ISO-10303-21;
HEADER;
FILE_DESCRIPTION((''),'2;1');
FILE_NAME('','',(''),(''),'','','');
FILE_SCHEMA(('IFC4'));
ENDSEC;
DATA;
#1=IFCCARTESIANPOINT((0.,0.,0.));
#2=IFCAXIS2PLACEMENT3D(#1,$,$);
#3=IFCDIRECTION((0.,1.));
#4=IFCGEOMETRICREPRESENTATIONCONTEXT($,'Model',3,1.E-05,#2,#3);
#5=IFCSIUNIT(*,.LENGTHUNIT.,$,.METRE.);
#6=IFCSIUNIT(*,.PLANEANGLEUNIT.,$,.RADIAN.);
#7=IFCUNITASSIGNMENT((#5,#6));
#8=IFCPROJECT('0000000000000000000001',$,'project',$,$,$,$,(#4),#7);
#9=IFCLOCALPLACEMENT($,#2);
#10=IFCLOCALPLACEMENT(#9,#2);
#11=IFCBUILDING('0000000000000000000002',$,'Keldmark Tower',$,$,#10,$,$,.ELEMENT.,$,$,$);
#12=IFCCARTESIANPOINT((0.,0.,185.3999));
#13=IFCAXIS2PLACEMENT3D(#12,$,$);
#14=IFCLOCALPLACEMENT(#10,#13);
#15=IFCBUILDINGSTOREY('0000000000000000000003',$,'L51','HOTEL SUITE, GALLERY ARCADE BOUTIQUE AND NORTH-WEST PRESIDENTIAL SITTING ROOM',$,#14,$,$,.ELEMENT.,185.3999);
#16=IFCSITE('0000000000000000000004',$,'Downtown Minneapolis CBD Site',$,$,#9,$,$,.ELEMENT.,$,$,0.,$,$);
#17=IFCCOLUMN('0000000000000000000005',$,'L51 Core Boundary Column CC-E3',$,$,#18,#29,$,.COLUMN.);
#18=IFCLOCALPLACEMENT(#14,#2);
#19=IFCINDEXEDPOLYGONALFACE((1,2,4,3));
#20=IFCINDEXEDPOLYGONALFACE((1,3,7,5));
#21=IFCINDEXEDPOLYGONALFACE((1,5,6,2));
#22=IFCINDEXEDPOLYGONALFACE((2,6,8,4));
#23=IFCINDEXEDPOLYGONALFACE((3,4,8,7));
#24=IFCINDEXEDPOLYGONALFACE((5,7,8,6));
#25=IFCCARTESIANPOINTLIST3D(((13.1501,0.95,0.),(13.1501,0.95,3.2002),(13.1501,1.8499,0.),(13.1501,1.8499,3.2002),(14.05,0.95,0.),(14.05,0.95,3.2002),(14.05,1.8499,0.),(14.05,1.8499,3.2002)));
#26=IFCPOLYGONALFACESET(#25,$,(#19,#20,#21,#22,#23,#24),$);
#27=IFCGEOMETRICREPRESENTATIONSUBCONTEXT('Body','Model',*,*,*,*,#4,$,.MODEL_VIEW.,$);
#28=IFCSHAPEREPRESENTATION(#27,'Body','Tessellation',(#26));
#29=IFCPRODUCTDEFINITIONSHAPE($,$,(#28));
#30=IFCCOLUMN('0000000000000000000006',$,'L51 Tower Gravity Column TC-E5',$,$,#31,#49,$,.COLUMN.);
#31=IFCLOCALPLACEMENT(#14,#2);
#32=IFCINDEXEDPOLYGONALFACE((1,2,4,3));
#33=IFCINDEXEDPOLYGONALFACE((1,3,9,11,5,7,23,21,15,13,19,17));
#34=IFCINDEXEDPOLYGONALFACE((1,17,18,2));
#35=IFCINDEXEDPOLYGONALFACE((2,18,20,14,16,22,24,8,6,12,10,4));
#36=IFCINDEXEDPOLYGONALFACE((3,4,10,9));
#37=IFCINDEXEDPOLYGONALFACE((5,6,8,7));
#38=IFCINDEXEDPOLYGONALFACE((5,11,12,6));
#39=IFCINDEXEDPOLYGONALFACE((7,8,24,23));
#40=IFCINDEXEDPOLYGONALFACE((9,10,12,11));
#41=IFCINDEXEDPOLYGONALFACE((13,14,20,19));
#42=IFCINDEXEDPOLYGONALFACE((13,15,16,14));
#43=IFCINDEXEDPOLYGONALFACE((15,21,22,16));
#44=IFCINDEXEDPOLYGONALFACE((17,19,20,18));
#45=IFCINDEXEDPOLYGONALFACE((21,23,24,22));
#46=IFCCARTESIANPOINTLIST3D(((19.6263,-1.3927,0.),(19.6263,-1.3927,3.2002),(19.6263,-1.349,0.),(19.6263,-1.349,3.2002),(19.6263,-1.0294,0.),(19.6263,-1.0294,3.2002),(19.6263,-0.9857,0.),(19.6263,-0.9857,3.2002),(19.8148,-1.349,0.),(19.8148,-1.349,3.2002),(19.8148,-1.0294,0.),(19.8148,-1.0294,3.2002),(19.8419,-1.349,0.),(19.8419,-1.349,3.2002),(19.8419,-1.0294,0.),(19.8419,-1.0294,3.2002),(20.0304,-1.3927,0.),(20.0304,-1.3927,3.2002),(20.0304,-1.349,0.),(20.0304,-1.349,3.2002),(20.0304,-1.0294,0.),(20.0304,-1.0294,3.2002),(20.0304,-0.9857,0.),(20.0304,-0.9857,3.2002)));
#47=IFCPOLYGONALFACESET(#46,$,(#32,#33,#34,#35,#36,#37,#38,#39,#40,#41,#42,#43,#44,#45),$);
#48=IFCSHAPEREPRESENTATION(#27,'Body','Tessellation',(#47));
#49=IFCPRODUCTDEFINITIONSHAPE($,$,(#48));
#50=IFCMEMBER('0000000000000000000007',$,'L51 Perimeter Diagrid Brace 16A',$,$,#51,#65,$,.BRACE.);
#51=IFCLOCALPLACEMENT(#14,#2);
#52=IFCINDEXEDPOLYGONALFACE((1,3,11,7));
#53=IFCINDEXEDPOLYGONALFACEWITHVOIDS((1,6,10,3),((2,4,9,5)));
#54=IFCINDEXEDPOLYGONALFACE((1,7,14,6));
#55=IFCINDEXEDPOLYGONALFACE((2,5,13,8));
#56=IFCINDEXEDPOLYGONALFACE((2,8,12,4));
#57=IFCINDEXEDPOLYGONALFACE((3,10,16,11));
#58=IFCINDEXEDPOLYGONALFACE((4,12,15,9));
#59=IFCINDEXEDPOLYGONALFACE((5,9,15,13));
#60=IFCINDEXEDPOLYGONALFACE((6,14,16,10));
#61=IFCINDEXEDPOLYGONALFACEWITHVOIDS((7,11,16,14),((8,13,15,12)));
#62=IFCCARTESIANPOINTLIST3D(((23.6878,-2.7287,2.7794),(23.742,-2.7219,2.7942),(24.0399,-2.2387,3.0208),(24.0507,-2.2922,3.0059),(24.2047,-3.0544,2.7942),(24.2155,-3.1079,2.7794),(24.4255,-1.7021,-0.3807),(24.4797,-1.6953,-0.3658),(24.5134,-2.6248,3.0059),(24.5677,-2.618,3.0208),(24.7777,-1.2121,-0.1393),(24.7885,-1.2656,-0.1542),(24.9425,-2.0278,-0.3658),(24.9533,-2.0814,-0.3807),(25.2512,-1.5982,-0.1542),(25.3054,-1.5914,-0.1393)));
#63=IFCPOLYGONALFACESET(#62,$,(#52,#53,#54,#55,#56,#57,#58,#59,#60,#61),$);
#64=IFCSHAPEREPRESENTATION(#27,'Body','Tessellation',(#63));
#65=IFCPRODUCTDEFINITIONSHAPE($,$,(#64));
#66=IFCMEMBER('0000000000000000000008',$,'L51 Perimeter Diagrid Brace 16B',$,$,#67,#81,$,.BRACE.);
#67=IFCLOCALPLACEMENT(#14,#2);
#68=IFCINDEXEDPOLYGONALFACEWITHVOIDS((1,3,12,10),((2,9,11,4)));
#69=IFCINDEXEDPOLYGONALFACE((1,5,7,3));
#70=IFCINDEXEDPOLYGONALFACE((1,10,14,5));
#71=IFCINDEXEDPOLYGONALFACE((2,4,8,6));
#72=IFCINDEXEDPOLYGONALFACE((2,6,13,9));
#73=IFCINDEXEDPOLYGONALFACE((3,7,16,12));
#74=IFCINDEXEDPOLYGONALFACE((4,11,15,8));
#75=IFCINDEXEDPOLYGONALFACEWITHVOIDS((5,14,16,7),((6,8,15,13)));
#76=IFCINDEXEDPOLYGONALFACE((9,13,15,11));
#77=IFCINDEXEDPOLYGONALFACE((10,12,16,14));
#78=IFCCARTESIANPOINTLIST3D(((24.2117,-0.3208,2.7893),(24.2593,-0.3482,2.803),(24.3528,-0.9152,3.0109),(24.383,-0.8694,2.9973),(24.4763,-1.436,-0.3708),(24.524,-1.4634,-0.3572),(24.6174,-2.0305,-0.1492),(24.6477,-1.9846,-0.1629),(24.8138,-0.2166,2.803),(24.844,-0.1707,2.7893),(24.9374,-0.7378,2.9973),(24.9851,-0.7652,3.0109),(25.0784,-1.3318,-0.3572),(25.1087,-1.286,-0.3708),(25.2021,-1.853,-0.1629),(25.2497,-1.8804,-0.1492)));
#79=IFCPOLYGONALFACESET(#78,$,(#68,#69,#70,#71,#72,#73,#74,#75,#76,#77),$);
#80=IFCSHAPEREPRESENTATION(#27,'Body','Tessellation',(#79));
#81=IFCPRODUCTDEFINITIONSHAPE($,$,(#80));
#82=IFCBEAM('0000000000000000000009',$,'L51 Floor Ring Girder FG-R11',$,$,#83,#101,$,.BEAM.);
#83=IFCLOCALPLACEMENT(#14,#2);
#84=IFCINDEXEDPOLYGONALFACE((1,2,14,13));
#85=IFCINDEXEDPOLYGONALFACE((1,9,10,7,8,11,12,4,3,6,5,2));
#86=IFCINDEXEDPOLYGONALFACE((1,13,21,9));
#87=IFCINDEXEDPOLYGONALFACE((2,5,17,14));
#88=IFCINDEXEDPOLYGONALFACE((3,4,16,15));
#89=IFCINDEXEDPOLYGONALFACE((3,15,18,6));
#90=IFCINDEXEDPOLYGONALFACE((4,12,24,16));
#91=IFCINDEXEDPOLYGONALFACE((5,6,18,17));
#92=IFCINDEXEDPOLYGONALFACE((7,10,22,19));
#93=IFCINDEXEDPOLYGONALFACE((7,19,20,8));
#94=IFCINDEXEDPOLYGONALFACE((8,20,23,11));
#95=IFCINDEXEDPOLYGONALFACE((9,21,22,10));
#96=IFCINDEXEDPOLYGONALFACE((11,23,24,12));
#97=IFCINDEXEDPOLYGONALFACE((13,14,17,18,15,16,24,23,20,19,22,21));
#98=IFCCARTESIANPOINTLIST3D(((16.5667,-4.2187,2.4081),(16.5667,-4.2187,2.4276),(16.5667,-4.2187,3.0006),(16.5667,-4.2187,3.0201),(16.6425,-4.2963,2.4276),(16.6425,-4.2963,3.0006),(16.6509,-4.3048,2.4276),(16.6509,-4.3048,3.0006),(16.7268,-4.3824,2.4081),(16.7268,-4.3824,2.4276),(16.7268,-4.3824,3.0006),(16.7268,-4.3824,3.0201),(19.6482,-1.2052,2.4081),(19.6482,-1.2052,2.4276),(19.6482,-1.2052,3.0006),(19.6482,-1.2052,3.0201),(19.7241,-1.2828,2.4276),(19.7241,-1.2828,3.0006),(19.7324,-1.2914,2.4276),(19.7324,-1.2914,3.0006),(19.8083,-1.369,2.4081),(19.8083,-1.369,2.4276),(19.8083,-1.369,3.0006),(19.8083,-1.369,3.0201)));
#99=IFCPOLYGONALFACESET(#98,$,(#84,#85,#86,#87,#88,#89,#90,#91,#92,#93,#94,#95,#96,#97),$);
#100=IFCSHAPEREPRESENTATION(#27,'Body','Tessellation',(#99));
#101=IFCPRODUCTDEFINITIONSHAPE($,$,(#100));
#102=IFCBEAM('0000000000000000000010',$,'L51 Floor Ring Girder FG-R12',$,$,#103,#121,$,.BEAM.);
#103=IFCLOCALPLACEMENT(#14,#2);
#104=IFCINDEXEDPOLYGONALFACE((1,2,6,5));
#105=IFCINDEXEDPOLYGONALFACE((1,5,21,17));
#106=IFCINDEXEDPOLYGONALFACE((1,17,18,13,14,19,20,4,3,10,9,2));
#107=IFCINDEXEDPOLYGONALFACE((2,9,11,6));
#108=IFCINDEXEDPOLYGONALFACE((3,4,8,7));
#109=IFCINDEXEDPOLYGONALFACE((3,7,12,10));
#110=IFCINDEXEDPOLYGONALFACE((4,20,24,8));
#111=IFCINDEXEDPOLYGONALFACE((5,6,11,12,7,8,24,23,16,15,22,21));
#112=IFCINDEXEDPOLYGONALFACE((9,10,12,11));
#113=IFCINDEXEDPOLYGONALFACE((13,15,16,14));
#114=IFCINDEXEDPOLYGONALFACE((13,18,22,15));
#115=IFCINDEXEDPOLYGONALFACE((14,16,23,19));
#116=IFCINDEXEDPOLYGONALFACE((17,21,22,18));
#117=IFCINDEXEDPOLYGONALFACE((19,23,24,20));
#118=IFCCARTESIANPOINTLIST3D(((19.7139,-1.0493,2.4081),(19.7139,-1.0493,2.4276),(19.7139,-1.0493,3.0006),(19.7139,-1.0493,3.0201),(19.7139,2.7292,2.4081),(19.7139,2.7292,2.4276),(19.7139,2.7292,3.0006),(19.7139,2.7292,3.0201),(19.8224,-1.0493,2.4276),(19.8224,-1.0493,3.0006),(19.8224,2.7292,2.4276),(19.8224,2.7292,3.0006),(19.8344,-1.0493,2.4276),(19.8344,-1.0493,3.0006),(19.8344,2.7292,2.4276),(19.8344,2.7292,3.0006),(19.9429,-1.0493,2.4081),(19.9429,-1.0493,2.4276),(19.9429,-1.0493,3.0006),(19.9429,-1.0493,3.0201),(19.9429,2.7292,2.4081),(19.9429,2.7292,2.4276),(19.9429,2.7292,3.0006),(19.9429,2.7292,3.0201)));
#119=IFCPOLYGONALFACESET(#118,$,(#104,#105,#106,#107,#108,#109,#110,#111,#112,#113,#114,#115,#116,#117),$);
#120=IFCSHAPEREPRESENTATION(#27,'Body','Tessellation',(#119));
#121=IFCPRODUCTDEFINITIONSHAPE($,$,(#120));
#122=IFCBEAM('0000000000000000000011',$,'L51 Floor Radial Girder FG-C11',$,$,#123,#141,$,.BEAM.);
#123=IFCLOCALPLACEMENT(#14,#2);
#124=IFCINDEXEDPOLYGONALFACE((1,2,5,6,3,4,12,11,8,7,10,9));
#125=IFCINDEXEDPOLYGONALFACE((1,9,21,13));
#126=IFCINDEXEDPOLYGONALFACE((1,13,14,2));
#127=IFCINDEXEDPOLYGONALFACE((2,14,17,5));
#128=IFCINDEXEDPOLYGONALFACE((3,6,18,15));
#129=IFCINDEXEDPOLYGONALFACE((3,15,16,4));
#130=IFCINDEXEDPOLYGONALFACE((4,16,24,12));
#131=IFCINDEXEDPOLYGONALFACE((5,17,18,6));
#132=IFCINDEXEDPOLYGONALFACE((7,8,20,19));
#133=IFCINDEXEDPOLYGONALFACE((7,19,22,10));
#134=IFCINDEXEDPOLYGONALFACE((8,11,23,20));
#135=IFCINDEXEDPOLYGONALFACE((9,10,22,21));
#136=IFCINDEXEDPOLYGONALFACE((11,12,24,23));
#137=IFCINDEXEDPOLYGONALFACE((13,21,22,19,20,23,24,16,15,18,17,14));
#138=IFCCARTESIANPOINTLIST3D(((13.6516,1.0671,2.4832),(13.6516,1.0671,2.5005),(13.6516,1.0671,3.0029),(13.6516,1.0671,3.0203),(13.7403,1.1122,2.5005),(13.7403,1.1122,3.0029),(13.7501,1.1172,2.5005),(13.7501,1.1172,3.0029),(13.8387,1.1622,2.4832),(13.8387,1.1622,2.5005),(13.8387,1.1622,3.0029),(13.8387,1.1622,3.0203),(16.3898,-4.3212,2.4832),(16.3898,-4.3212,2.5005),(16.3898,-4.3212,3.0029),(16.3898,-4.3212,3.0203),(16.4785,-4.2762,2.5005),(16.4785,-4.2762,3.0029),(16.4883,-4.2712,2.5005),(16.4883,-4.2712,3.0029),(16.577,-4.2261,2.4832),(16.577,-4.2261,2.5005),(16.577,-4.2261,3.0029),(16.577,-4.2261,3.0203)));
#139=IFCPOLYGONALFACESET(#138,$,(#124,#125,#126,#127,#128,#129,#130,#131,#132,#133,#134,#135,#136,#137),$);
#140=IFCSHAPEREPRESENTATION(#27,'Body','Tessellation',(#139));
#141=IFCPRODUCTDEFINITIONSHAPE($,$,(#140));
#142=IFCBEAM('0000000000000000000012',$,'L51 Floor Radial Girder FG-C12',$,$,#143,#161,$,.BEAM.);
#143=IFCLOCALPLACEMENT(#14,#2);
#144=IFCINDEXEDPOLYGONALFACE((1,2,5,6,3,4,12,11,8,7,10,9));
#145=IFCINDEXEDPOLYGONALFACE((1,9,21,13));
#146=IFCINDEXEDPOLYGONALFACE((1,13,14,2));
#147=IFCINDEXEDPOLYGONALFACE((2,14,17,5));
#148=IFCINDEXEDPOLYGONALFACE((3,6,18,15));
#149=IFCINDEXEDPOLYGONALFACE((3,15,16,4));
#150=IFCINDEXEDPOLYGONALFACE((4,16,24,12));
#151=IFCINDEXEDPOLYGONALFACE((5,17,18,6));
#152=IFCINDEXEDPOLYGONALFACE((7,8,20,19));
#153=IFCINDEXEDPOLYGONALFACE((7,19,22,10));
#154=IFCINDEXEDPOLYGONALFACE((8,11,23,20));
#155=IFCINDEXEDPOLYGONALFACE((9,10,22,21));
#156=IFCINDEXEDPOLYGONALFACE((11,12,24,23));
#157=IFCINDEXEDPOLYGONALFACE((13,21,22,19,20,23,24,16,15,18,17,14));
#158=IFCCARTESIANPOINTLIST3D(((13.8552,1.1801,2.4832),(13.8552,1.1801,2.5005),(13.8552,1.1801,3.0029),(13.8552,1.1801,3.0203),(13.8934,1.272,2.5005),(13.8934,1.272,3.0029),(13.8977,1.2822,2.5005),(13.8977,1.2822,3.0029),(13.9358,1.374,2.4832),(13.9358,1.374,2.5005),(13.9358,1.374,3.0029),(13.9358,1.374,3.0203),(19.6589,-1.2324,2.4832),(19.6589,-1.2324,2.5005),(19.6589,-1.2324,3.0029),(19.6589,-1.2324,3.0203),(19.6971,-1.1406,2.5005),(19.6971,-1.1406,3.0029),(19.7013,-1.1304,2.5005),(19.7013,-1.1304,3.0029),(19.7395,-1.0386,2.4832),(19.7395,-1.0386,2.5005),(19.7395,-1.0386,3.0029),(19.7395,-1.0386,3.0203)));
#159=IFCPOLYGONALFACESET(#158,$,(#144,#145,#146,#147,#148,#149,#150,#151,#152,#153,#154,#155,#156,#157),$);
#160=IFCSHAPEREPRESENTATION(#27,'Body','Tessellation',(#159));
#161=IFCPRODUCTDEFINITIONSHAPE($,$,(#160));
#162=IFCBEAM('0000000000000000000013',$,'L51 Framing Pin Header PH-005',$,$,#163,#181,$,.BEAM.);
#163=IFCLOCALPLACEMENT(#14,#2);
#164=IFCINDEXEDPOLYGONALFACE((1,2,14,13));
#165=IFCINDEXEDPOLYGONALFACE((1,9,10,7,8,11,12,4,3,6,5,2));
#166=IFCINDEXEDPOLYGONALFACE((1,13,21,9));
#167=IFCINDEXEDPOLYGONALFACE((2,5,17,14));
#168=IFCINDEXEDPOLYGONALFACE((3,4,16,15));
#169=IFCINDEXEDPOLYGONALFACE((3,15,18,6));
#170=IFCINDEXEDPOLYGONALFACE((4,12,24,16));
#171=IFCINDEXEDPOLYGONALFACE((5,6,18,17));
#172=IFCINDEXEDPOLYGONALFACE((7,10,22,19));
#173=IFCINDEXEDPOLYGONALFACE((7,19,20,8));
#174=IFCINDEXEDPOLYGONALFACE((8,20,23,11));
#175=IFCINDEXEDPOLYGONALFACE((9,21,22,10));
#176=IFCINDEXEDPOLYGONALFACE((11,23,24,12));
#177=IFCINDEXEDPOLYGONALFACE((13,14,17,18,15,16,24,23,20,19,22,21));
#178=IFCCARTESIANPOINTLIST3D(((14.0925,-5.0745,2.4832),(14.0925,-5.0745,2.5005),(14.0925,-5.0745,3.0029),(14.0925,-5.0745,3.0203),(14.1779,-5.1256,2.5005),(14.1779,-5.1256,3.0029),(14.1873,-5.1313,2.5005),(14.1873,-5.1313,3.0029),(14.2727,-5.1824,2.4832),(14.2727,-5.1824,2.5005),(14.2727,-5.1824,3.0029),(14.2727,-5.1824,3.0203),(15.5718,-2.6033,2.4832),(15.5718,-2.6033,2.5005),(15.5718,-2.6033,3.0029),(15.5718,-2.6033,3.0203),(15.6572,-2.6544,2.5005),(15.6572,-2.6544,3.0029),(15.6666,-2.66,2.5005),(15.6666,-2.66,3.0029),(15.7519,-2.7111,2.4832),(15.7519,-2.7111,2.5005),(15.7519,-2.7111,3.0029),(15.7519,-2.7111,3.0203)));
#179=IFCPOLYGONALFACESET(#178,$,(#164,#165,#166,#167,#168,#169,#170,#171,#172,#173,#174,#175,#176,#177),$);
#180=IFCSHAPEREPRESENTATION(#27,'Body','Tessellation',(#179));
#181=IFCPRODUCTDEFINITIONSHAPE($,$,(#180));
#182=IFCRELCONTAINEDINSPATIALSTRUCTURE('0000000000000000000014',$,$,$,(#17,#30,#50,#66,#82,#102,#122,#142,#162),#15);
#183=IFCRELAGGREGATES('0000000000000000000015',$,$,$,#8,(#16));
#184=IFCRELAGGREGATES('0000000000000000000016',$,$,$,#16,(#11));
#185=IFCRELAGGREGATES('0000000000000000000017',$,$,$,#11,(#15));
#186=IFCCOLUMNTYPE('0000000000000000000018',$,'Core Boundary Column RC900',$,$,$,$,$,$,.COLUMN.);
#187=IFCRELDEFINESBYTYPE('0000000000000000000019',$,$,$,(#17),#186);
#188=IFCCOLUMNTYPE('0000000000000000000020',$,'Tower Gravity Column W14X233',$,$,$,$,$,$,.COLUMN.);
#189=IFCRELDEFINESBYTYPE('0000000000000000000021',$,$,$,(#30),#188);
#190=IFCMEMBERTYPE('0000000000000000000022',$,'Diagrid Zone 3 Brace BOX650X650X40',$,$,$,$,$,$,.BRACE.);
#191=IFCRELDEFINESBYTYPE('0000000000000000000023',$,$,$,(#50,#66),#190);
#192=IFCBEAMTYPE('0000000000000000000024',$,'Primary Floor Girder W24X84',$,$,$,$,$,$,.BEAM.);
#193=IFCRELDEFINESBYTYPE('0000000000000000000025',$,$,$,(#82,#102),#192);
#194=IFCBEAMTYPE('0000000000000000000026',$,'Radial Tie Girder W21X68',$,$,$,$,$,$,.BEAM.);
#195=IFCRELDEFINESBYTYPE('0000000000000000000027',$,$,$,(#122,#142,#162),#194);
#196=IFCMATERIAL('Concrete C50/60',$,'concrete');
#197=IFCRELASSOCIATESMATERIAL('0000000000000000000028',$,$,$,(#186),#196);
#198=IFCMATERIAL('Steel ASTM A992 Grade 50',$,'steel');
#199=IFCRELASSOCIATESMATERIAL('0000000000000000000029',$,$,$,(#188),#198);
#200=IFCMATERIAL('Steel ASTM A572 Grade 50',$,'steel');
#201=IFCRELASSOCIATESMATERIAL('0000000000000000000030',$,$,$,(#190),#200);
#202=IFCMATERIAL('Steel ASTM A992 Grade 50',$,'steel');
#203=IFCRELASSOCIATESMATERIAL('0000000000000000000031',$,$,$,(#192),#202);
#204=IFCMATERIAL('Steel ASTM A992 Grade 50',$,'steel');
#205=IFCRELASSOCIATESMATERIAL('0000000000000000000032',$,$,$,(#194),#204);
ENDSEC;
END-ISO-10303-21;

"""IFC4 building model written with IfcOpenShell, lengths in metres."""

from ifc_helpers import new_model, si_unit, direction, frame, origin, origin_2d, place, context, subcontext, project, spatial, rectangle, hollow_rectangle, i_section, extrude, material, material_profile, profile_set, type_object, element, save


model = new_model("IFC4")

# Units and contexts
model_context = context("Model", 3, precision=1e-05, world=origin(), true_north=direction((0.0, 1.0)))
body_context = subcontext(model_context, "Body", "Model", "MODEL_VIEW")
ifc_project = project(units=[si_unit("LENGTHUNIT", "METRE"), si_unit("PLANEANGLEUNIT", "RADIAN")], contexts=[model_context])

# Site, building, storey
site_placement = place(None, origin())
site = spatial("IfcSite", under=ifc_project, at=site_placement, Name="Downtown Minneapolis CBD Site", CompositionType="ELEMENT", RefElevation=0.0)
building_placement = place(site_placement, origin())
building = spatial("IfcBuilding", under=site, at=building_placement, Name="Keldmark Tower", CompositionType="ELEMENT")
storey_placement = place(building_placement, frame((0.0, 0.0, 185.3999)))
storey = spatial("IfcBuildingStorey", under=building, at=storey_placement, Name="L51", Description="HOTEL SUITE, GALLERY ARCADE BOUTIQUE AND NORTH-WEST PRESIDENTIAL SITTING ROOM", CompositionType="ELEMENT", Elevation=185.3999)

# Columns
ifc_material_1 = material(Name="Concrete C50/60", Category="concrete")
ifc_material_profile_1 = material_profile(ifc_material_1, rectangle(XDim=0.8999, YDim=0.8999, at=origin_2d()), Name="RC900X900")
ifc_profile_set_1 = profile_set([ifc_material_profile_1], Name="Concrete C50/60")
column_type_1 = type_object("IfcColumnType", Name="Core Boundary Column RC900", PredefinedType="COLUMN", material=ifc_profile_set_1)
column_1_placement = place(storey_placement, frame((13.6001, 1.3999, 0.0), z_axis=(0.0, 0.0, 1.0), x_axis=(1.0, 0.0, 0.0)))
element("IfcColumn", 1, at=column_1_placement, inside=storey, type_object=column_type_1, Name="L51 Core Boundary Column CC-E3", PredefinedType="COLUMN", context=body_context, shape_type="SweptSolid", body=[
    extrude(rectangle(XDim=0.8999, YDim=0.8999, at=origin_2d()), origin(), (0.0, 0.0, 1.0), 3.2002),
])
ifc_material_2 = material(Name="Steel ASTM A992 Grade 50", Category="steel")
ifc_material_profile_2 = material_profile(ifc_material_2, i_section(OverallWidth=0.4041, OverallDepth=0.407, WebThickness=0.0271, FlangeThickness=0.0437, at=origin_2d()), Name="W14X233")
ifc_profile_set_2 = profile_set([ifc_material_profile_2], Name="Steel ASTM A992 Grade 50")
column_type_2 = type_object("IfcColumnType", Name="Tower Gravity Column W14X233", PredefinedType="COLUMN", material=ifc_profile_set_2)
column_2_placement = place(storey_placement, frame((19.8284, -1.1892, 0.0), z_axis=(0.0, 0.0, 1.0), x_axis=(1.0, 0.0, 0.0)))
element("IfcColumn", 2, at=column_2_placement, inside=storey, type_object=column_type_2, Name="L51 Tower Gravity Column TC-E5", PredefinedType="COLUMN", context=body_context, shape_type="SweptSolid", body=[
    extrude(i_section(OverallWidth=0.4041, OverallDepth=0.407, WebThickness=0.0271, FlangeThickness=0.0437, at=origin_2d()), origin(), (0.0, 0.0, 1.0), 3.2002),
])

# Members
ifc_material_3 = material(Name="Steel ASTM A572 Grade 50", Category="steel")
ifc_material_profile_3 = material_profile(ifc_material_3, hollow_rectangle(XDim=0.6499, YDim=0.6499, WallThickness=0.04, at=origin_2d()), Name="BOX650X650X40")
ifc_profile_set_3 = profile_set([ifc_material_profile_3], Name="Steel ASTM A572 Grade 50")
member_type = type_object("IfcMemberType", Name="Diagrid Zone 3 Brace BOX650X650X40", PredefinedType="BRACE", material=ifc_profile_set_3)
member_1_placement = place(storey_placement, frame((24.8655, -1.6467, -0.26), z_axis=(-0.216765, -0.30162, 0.92846), x_axis=(0.812047, -0.583592, 0.0)))
element("IfcMember", 3, at=member_1_placement, inside=storey, type_object=member_type, Name="L51 Perimeter Diagrid Brace 16A", PredefinedType="BRACE", context=body_context, shape_type="SweptSolid", body=[
    extrude(hollow_rectangle(XDim=0.6499, YDim=0.6499, WallThickness=0.04, at=origin_2d()), origin(), (0.0, 0.0, 1.0), 3.4036),
])
member_2_placement = place(storey_placement, frame((24.863, -1.6582, -0.26), z_axis=(-0.078727, 0.331757, 0.940074), x_axis=(-0.97298, -0.230891, 0.0)))
element("IfcMember", 4, at=member_2_placement, inside=storey, type_object=member_type, Name="L51 Perimeter Diagrid Brace 16B", PredefinedType="BRACE", context=body_context, shape_type="SweptSolid", body=[
    extrude(hollow_rectangle(XDim=0.6499, YDim=0.6499, WallThickness=0.04, at=origin_2d()), origin(), (0.0, 0.0, 1.0), 3.3616),
])

# Beams
ifc_material_4 = material(Name="Steel ASTM A992 Grade 50", Category="steel")
ifc_material_profile_4 = material_profile(ifc_material_4, i_section(OverallWidth=0.229, OverallDepth=0.6121, WebThickness=0.012, FlangeThickness=0.0195, at=origin_2d()), Name="W24X84")
ifc_profile_set_4 = profile_set([ifc_material_profile_4], Name="Steel ASTM A992 Grade 50")
beam_type_1 = type_object("IfcBeamType", Name="Primary Floor Girder W24X84", PredefinedType="BEAM", material=ifc_profile_set_4)
beam_1_placement = place(storey_placement, frame((16.6467, -4.3005, 2.7141), z_axis=(0.714965, 0.699161, 0.0), x_axis=(-0.699161, 0.714965, 0.0)))
element("IfcBeam", 5, at=beam_1_placement, inside=storey, type_object=beam_type_1, Name="L51 Floor Ring Girder FG-R11", PredefinedType="BEAM", context=body_context, shape_type="SweptSolid", body=[
    extrude(i_section(OverallWidth=0.229, OverallDepth=0.6121, WebThickness=0.012, FlangeThickness=0.0195, at=origin_2d()), origin(), (0.0, 0.0, 1.0), 4.3101),
])
beam_2_placement = place(storey_placement, frame((19.8284, -1.0493, 2.7141), z_axis=(0.0, 1.0, 0.0), x_axis=(-1.0, 0.0, 0.0)))
element("IfcBeam", 6, at=beam_2_placement, inside=storey, type_object=beam_type_1, Name="L51 Floor Ring Girder FG-R12", PredefinedType="BEAM", context=body_context, shape_type="SweptSolid", body=[
    extrude(i_section(OverallWidth=0.229, OverallDepth=0.6121, WebThickness=0.012, FlangeThickness=0.0195, at=origin_2d()), origin(), (0.0, 0.0, 1.0), 3.7786),
])
ifc_material_5 = material(Name="Steel ASTM A992 Grade 50", Category="steel")
ifc_material_profile_5 = material_profile(ifc_material_5, i_section(OverallWidth=0.21, OverallDepth=0.5371, WebThickness=0.011, FlangeThickness=0.0173, at=origin_2d()), Name="W21X68")
ifc_profile_set_5 = profile_set([ifc_material_profile_5], Name="Steel ASTM A992 Grade 50")
beam_type_2 = type_object("IfcBeamType", Name="Radial Tie Girder W21X68", PredefinedType="BEAM", material=ifc_profile_set_5)
beam_3_placement = place(storey_placement, frame((16.4834, -4.2737, 2.7517), z_axis=(-0.453037, 0.891492, 0.0), x_axis=(-0.891492, -0.453037, 0.0)))
element("IfcBeam", 7, at=beam_3_placement, inside=storey, type_object=beam_type_2, Name="L51 Floor Radial Girder FG-C11", PredefinedType="BEAM", context=body_context, shape_type="SweptSolid", body=[
    extrude(i_section(OverallWidth=0.21, OverallDepth=0.5371, WebThickness=0.011, FlangeThickness=0.0173, at=origin_2d()), origin(), (0.0, 0.0, 1.0), 6.0442),
])
beam_4_placement = place(storey_placement, frame((19.6992, -1.1355, 2.7517), z_axis=(-0.923394, 0.383854, 0.0), x_axis=(-0.383854, -0.923394, 0.0)))
element("IfcBeam", 8, at=beam_4_placement, inside=storey, type_object=beam_type_2, Name="L51 Floor Radial Girder FG-C12", PredefinedType="BEAM", context=body_context, shape_type="SweptSolid", body=[
    extrude(i_section(OverallWidth=0.21, OverallDepth=0.5371, WebThickness=0.011, FlangeThickness=0.0173, at=origin_2d()), origin(), (0.0, 0.0, 1.0), 6.2852),
])
beam_5_placement = place(storey_placement, frame((15.6619, -2.6572, 2.7517), z_axis=(-0.51361, -0.858024, 0.0), x_axis=(0.858024, -0.51361, 0.0)))
element("IfcBeam", 9, at=beam_5_placement, inside=storey, type_object=beam_type_2, Name="L51 Framing Pin Header PH-005", PredefinedType="BEAM", context=body_context, shape_type="SweptSolid", body=[
    extrude(i_section(OverallWidth=0.21, OverallDepth=0.5371, WebThickness=0.011, FlangeThickness=0.0173, at=origin_2d()), origin(), (0.0, 0.0, 1.0), 2.8801),
])

save(model, "model.ifc")
